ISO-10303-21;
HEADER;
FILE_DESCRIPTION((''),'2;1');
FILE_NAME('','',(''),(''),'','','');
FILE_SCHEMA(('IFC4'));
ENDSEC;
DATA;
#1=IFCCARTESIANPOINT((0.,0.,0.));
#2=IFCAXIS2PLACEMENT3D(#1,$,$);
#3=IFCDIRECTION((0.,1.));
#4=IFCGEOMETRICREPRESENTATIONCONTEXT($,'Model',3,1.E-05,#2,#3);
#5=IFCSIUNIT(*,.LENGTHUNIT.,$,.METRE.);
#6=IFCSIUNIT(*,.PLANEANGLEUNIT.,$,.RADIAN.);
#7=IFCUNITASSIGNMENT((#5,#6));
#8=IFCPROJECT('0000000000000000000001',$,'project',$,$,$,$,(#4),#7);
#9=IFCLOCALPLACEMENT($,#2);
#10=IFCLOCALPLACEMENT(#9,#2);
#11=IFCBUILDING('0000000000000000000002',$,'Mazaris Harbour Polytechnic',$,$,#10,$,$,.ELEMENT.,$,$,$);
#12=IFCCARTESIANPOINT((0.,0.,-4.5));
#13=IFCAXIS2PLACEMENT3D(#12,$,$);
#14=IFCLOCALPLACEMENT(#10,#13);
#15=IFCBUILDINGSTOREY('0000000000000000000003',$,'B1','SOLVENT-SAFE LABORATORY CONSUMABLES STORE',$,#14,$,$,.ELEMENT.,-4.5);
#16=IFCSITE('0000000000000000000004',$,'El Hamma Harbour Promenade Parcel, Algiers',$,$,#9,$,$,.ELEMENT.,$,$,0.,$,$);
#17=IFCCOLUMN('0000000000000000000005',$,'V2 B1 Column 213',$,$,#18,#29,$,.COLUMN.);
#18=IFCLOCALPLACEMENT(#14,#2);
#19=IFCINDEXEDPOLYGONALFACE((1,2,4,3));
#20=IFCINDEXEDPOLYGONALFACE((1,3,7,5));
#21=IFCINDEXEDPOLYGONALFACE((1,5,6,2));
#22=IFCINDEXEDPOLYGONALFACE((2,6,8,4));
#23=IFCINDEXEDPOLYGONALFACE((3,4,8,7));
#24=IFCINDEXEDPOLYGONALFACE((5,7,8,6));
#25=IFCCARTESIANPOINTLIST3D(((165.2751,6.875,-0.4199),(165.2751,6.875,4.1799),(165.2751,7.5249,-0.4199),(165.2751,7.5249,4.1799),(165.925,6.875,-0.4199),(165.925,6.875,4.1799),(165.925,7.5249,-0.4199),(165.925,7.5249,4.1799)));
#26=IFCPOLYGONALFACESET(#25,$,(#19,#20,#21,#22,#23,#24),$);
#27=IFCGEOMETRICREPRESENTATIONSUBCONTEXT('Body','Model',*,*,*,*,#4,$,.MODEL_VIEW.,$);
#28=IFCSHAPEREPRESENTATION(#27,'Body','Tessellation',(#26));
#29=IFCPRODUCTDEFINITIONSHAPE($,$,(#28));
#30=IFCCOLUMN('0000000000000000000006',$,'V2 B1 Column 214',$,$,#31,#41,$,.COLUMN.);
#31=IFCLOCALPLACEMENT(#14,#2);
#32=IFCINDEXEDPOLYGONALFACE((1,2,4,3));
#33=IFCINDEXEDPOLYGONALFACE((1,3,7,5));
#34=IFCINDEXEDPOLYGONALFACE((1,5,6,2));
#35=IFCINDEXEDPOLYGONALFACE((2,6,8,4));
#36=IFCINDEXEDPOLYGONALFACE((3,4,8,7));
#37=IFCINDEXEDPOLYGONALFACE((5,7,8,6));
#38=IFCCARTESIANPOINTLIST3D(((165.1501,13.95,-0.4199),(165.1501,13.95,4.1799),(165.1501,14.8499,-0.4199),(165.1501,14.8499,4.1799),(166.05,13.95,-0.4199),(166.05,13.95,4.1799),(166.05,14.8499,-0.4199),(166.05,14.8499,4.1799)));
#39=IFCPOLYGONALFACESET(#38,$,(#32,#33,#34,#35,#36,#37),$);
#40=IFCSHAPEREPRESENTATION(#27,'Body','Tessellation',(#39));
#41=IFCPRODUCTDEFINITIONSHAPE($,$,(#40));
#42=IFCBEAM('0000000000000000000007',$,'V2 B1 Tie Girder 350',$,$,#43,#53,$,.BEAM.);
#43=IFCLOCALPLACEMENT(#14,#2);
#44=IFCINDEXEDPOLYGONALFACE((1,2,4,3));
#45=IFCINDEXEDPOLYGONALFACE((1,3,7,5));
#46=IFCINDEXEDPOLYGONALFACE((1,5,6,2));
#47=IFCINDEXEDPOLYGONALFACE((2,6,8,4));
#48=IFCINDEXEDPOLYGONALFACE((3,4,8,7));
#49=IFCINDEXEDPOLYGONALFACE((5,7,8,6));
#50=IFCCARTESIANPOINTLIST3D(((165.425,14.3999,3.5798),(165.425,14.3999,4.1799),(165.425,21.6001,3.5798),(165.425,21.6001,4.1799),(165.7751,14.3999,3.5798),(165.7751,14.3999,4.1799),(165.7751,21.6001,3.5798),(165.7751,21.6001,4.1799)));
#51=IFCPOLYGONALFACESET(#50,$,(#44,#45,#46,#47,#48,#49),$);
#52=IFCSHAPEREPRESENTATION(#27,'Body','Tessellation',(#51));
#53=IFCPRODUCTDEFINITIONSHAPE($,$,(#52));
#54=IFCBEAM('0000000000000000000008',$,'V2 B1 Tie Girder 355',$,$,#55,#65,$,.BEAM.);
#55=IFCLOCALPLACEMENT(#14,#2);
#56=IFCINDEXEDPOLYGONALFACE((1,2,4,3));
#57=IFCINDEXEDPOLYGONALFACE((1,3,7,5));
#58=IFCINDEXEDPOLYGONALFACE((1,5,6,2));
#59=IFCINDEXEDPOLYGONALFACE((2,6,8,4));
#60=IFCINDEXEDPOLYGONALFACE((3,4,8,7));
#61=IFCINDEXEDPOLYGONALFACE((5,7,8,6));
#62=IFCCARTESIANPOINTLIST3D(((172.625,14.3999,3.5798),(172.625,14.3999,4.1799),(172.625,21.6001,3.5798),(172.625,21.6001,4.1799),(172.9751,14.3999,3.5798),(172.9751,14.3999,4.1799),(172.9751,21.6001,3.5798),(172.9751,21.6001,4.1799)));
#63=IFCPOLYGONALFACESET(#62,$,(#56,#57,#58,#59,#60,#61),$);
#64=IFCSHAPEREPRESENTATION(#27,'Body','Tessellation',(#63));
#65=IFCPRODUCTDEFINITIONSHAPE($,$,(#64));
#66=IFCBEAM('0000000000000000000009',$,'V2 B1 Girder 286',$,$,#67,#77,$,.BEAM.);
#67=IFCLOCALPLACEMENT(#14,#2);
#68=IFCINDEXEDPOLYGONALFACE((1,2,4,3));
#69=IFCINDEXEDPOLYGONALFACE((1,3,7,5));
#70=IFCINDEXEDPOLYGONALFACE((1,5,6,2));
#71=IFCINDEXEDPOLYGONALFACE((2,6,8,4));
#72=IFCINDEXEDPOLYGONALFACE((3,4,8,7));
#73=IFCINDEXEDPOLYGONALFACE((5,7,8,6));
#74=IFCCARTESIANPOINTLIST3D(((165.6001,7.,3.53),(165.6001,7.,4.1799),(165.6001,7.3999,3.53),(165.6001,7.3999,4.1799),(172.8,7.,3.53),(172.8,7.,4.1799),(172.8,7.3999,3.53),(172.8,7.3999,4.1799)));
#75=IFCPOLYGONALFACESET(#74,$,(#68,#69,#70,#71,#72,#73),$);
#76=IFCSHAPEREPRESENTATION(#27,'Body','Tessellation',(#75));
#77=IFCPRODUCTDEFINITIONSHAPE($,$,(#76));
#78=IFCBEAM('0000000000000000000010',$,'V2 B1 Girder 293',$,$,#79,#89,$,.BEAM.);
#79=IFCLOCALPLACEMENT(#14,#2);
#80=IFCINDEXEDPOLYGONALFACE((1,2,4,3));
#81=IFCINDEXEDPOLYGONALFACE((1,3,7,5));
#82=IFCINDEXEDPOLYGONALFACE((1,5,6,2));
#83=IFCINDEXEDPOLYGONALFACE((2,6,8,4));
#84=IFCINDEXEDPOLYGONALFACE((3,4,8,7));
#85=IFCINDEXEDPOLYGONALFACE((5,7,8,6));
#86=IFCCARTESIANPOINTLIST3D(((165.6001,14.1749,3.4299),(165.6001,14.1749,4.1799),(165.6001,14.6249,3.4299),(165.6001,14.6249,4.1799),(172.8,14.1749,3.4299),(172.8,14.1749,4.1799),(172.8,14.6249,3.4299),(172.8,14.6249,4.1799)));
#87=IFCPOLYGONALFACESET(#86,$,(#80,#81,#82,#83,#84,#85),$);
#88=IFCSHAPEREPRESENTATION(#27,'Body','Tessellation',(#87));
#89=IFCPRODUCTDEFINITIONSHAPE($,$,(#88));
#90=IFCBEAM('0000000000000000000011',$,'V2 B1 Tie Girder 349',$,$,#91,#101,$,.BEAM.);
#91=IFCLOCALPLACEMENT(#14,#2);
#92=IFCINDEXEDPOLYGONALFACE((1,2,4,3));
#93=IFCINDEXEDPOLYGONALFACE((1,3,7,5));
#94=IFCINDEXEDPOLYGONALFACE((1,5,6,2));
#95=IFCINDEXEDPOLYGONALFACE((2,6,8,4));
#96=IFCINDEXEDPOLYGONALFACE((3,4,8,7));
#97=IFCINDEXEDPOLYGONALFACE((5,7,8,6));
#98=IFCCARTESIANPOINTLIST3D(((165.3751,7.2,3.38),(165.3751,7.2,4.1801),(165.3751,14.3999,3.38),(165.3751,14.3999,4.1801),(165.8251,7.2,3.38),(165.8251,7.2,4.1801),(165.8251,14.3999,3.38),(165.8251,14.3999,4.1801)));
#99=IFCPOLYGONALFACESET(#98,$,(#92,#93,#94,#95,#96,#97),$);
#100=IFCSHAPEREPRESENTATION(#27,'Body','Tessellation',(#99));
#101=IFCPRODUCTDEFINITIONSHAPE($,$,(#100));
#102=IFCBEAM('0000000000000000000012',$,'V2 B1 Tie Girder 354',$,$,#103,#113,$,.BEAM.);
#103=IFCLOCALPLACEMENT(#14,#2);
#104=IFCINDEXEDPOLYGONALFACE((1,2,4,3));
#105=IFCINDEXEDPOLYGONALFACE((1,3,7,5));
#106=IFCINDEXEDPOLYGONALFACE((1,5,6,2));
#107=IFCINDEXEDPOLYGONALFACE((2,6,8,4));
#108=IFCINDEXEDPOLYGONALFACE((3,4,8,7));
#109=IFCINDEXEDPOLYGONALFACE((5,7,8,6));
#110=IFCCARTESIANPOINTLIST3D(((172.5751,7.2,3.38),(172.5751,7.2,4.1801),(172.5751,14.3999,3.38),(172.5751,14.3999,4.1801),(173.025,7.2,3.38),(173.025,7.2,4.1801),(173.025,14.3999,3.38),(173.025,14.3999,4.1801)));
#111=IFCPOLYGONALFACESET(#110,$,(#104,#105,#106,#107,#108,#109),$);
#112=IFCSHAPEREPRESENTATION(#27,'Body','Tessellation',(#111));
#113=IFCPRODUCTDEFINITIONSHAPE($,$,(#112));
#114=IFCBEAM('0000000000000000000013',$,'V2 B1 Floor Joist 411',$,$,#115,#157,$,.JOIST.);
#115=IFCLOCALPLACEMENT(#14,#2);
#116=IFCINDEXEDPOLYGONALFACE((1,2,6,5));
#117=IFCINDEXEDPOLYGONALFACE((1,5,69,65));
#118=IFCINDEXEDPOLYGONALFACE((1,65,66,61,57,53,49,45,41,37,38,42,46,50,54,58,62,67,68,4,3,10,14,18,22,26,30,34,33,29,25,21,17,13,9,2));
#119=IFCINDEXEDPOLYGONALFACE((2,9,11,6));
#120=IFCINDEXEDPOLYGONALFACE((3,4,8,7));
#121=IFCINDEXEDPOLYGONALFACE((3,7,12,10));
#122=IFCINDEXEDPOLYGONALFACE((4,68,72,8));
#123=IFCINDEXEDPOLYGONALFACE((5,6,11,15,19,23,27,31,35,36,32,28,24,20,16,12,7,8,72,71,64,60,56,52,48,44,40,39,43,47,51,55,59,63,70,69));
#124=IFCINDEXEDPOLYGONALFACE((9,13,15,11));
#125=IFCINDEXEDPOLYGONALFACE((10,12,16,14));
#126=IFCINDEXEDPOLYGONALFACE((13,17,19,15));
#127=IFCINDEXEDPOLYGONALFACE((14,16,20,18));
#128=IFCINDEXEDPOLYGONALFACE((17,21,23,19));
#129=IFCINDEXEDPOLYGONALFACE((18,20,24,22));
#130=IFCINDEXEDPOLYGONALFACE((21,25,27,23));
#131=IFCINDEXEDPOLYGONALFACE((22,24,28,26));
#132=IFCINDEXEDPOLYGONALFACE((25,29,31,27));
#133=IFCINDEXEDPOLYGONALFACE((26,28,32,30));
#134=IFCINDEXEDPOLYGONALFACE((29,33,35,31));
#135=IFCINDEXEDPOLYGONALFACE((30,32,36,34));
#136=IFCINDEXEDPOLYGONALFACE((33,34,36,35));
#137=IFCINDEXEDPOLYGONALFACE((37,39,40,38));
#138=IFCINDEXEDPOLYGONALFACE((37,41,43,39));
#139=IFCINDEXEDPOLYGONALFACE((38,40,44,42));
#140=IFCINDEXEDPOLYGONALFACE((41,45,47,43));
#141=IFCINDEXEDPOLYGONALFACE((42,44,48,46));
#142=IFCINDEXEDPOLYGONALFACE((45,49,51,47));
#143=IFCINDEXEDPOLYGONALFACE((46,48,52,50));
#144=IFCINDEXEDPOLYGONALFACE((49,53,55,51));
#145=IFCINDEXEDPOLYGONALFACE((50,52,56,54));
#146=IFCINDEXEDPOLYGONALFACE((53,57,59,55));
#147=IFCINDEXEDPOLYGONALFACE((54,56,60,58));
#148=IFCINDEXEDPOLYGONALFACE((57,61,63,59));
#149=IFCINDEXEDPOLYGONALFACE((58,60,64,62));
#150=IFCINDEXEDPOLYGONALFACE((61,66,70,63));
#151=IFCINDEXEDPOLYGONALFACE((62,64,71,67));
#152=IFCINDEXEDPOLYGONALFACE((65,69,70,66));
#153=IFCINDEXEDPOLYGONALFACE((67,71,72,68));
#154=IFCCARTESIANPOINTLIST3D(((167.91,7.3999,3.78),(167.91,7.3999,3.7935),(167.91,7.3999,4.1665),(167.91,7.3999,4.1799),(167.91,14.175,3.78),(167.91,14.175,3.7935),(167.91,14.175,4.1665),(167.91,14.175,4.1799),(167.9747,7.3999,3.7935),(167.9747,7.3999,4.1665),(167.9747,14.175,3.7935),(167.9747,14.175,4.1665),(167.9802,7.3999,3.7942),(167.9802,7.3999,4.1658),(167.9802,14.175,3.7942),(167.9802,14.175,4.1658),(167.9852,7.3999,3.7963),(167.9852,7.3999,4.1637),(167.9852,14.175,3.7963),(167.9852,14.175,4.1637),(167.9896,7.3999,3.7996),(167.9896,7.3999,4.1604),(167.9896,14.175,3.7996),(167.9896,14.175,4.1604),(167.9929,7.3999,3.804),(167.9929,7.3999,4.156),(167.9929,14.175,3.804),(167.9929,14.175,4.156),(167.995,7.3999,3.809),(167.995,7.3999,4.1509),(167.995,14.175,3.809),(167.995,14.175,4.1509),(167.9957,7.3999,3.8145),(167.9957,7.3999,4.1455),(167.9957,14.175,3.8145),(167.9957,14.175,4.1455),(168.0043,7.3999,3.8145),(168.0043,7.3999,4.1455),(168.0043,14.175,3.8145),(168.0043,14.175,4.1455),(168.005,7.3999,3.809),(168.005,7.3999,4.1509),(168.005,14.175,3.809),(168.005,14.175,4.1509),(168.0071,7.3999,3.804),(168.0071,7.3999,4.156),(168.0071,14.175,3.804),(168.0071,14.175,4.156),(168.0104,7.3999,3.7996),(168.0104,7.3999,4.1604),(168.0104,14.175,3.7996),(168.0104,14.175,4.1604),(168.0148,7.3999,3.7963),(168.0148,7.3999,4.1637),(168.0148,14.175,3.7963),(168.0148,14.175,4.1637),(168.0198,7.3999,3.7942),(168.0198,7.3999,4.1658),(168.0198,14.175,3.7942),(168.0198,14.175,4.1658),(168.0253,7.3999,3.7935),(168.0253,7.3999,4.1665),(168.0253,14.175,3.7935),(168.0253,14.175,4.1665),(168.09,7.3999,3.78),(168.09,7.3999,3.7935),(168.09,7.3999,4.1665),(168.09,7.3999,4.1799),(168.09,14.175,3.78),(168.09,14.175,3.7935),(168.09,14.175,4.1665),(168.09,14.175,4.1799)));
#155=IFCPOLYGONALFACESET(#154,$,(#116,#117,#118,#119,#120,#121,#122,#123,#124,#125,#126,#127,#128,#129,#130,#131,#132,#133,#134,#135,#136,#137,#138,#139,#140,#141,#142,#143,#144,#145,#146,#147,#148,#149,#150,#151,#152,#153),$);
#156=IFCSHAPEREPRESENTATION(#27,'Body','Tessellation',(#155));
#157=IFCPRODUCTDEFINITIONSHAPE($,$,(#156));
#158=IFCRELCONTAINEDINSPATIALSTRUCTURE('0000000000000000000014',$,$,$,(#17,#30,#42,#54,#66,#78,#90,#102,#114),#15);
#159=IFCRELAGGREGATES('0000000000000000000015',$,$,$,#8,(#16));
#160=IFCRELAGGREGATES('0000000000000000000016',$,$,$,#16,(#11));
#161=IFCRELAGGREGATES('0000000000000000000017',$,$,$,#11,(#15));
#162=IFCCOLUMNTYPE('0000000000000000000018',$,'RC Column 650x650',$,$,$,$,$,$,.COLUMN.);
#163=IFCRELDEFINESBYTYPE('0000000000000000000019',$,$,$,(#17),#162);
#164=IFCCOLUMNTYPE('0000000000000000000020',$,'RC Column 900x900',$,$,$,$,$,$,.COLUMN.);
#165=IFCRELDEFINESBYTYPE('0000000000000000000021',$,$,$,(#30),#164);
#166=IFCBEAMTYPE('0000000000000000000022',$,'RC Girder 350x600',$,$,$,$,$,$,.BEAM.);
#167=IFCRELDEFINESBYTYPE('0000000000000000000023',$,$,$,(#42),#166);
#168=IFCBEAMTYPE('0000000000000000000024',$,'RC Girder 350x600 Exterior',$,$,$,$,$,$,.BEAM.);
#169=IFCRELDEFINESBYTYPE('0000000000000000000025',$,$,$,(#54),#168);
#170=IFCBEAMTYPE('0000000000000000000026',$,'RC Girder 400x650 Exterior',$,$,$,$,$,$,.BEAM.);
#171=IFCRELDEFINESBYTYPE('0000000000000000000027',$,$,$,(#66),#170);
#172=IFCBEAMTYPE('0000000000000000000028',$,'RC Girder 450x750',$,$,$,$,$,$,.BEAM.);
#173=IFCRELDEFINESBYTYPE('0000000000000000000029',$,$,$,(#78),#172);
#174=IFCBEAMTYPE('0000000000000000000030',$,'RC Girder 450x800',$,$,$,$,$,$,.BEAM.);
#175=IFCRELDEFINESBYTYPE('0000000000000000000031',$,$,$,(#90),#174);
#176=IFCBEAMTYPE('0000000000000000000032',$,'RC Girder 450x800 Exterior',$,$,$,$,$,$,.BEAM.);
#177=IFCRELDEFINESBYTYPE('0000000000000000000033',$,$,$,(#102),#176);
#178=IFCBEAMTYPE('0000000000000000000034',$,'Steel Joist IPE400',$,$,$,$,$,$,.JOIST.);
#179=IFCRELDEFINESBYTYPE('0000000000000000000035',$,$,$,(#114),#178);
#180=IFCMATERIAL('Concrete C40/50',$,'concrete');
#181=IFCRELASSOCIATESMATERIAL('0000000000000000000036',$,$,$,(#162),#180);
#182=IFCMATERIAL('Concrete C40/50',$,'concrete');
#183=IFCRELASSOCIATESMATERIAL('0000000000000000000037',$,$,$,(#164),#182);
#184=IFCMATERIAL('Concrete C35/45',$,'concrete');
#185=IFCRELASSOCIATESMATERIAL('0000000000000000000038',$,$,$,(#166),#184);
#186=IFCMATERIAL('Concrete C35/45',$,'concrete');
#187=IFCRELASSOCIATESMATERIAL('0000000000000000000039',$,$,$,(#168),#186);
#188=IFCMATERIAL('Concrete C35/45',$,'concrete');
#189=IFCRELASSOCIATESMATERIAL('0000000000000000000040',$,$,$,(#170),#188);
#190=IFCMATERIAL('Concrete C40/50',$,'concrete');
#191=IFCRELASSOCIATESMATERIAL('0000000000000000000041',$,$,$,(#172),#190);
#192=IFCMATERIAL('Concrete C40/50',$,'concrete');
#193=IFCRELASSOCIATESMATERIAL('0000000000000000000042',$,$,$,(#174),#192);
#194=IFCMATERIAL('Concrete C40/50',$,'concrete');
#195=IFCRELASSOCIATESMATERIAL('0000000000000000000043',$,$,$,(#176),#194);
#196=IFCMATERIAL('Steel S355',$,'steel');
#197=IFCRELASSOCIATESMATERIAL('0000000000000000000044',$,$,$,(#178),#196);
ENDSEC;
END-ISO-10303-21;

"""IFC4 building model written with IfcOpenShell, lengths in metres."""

from ifc_helpers import new_model, si_unit, direction, frame, origin, origin_2d, place, context, subcontext, project, spatial, rectangle, i_section, extrude, material, material_profile, profile_set, type_object, element, save


model = new_model("IFC4")

# Units and contexts
model_context = context("Model", 3, precision=1e-05, world=origin(), true_north=direction((0.0, 1.0)))
body_context = subcontext(model_context, "Body", "Model", "MODEL_VIEW")
ifc_project = project(units=[si_unit("LENGTHUNIT", "METRE"), si_unit("PLANEANGLEUNIT", "RADIAN")], contexts=[model_context])

# Site, building, storey
site_placement = place(None, origin())
site = spatial("IfcSite", under=ifc_project, at=site_placement, Name="El Hamma Harbour Promenade Parcel, Algiers", CompositionType="ELEMENT", RefElevation=0.0)
building_placement = place(site_placement, origin())
building = spatial("IfcBuilding", under=site, at=building_placement, Name="Mazaris Harbour Polytechnic", CompositionType="ELEMENT")
storey_placement = place(building_placement, frame((0.0, 0.0, -4.5)))
storey = spatial("IfcBuildingStorey", under=building, at=storey_placement, Name="B1", Description="SOLVENT-SAFE LABORATORY CONSUMABLES STORE", CompositionType="ELEMENT", Elevation=-4.5)

# Columns
ifc_material_1 = material(Name="Concrete C40/50", Category="concrete")
ifc_material_profile_1 = material_profile(ifc_material_1, rectangle(XDim=0.6499, YDim=0.6499, at=origin_2d()), Name="RECT650x650")
ifc_profile_set_1 = profile_set([ifc_material_profile_1], Name="Concrete C40/50")
column_type_1 = type_object("IfcColumnType", Name="RC Column 650x650", PredefinedType="COLUMN", material=ifc_profile_set_1)
column_1_placement = place(storey_placement, frame((165.6001, 7.2, -0.4199), z_axis=(0.0, 0.0, 1.0), x_axis=(1.0, 0.0, 0.0)))
element("IfcColumn", 1, at=column_1_placement, inside=storey, type_object=column_type_1, Name="V2 B1 Column 213", PredefinedType="COLUMN", context=body_context, shape_type="SweptSolid", body=[
    extrude(rectangle(XDim=0.6499, YDim=0.6499, at=origin_2d()), origin(), (0.0, 0.0, 1.0), 4.5999),
])
ifc_material_2 = material(Name="Concrete C40/50", Category="concrete")
ifc_material_profile_2 = material_profile(ifc_material_2, rectangle(XDim=0.8999, YDim=0.8999, at=origin_2d()), Name="RECT900x900")
ifc_profile_set_2 = profile_set([ifc_material_profile_2], Name="Concrete C40/50")
column_type_2 = type_object("IfcColumnType", Name="RC Column 900x900", PredefinedType="COLUMN", material=ifc_profile_set_2)
column_2_placement = place(storey_placement, frame((165.6001, 14.3999, -0.4199), z_axis=(0.0, 0.0, 1.0), x_axis=(1.0, 0.0, 0.0)))
element("IfcColumn", 2, at=column_2_placement, inside=storey, type_object=column_type_2, Name="V2 B1 Column 214", PredefinedType="COLUMN", context=body_context, shape_type="SweptSolid", body=[
    extrude(rectangle(XDim=0.8999, YDim=0.8999, at=origin_2d()), origin(), (0.0, 0.0, 1.0), 4.5999),
])

# Beams
ifc_material_3 = material(Name="Concrete C35/45", Category="concrete")
ifc_material_profile_3 = material_profile(ifc_material_3, rectangle(XDim=0.3501, YDim=0.6001, at=origin_2d()), Name="RECT350x600")
ifc_profile_set_3 = profile_set([ifc_material_profile_3], Name="Concrete C35/45")
beam_type_1 = type_object("IfcBeamType", Name="RC Girder 350x600", PredefinedType="BEAM", material=ifc_profile_set_3)
beam_1_placement = place(storey_placement, frame((165.6001, 14.3999, 3.8799), z_axis=(0.0, 1.0, 0.0), x_axis=(-1.0, 0.0, 0.0)))
element("IfcBeam", 3, at=beam_1_placement, inside=storey, type_object=beam_type_1, Name="V2 B1 Tie Girder 350", PredefinedType="BEAM", context=body_context, shape_type="SweptSolid", body=[
    extrude(rectangle(XDim=0.3501, YDim=0.6001, at=origin_2d()), origin(), (0.0, 0.0, 1.0), 7.2002),
])
ifc_material_4 = material(Name="Concrete C35/45", Category="concrete")
ifc_material_profile_4 = material_profile(ifc_material_4, rectangle(XDim=0.3501, YDim=0.6001, at=origin_2d()), Name="RECT350x600")
ifc_profile_set_4 = profile_set([ifc_material_profile_4], Name="Concrete C35/45")
beam_type_2 = type_object("IfcBeamType", Name="RC Girder 350x600 Exterior", PredefinedType="BEAM", material=ifc_profile_set_4)
beam_2_placement = place(storey_placement, frame((172.8, 14.3999, 3.8799), z_axis=(0.0, 1.0, 0.0), x_axis=(-1.0, 0.0, 0.0)))
element("IfcBeam", 4, at=beam_2_placement, inside=storey, type_object=beam_type_2, Name="V2 B1 Tie Girder 355", PredefinedType="BEAM", context=body_context, shape_type="SweptSolid", body=[
    extrude(rectangle(XDim=0.3501, YDim=0.6001, at=origin_2d()), origin(), (0.0, 0.0, 1.0), 7.2002),
])
ifc_material_5 = material(Name="Concrete C35/45", Category="concrete")
ifc_material_profile_5 = material_profile(ifc_material_5, rectangle(XDim=0.3999, YDim=0.6499, at=origin_2d()), Name="RECT400x650")
ifc_profile_set_5 = profile_set([ifc_material_profile_5], Name="Concrete C35/45")
beam_type_3 = type_object("IfcBeamType", Name="RC Girder 400x650 Exterior", PredefinedType="BEAM", material=ifc_profile_set_5)
beam_3_placement = place(storey_placement, frame((165.6001, 7.2, 3.855), z_axis=(1.0, 0.0, 0.0), x_axis=(0.0, 1.0, 0.0)))
element("IfcBeam", 5, at=beam_3_placement, inside=storey, type_object=beam_type_3, Name="V2 B1 Girder 286", PredefinedType="BEAM", context=body_context, shape_type="SweptSolid", body=[
    extrude(rectangle(XDim=0.3999, YDim=0.6499, at=origin_2d()), origin(), (0.0, 0.0, 1.0), 7.2),
])
ifc_material_6 = material(Name="Concrete C40/50", Category="concrete")
ifc_material_profile_6 = material_profile(ifc_material_6, rectangle(XDim=0.45, YDim=0.75, at=origin_2d()), Name="RECT450x750")
ifc_profile_set_6 = profile_set([ifc_material_profile_6], Name="Concrete C40/50")
beam_type_4 = type_object("IfcBeamType", Name="RC Girder 450x750", PredefinedType="BEAM", material=ifc_profile_set_6)
beam_4_placement = place(storey_placement, frame((165.6001, 14.3999, 3.8049), z_axis=(1.0, 0.0, 0.0), x_axis=(0.0, 1.0, 0.0)))
element("IfcBeam", 6, at=beam_4_placement, inside=storey, type_object=beam_type_4, Name="V2 B1 Girder 293", PredefinedType="BEAM", context=body_context, shape_type="SweptSolid", body=[
    extrude(rectangle(XDim=0.45, YDim=0.75, at=origin_2d()), origin(), (0.0, 0.0, 1.0), 7.2),
])
ifc_material_7 = material(Name="Concrete C40/50", Category="concrete")
ifc_material_profile_7 = material_profile(ifc_material_7, rectangle(XDim=0.45, YDim=0.8, at=origin_2d()), Name="RECT450x800")
ifc_profile_set_7 = profile_set([ifc_material_profile_7], Name="Concrete C40/50")
beam_type_5 = type_object("IfcBeamType", Name="RC Girder 450x800", PredefinedType="BEAM", material=ifc_profile_set_7)
beam_5_placement = place(storey_placement, frame((165.6001, 7.2, 3.78), z_axis=(0.0, 1.0, 0.0), x_axis=(-1.0, 0.0, 0.0)))
element("IfcBeam", 7, at=beam_5_placement, inside=storey, type_object=beam_type_5, Name="V2 B1 Tie Girder 349", PredefinedType="BEAM", context=body_context, shape_type="SweptSolid", body=[
    extrude(rectangle(XDim=0.45, YDim=0.8, at=origin_2d()), origin(), (0.0, 0.0, 1.0), 7.2),
])
ifc_material_8 = material(Name="Concrete C40/50", Category="concrete")
ifc_material_profile_8 = material_profile(ifc_material_8, rectangle(XDim=0.45, YDim=0.8, at=origin_2d()), Name="RECT450x800")
ifc_profile_set_8 = profile_set([ifc_material_profile_8], Name="Concrete C40/50")
beam_type_6 = type_object("IfcBeamType", Name="RC Girder 450x800 Exterior", PredefinedType="BEAM", material=ifc_profile_set_8)
beam_6_placement = place(storey_placement, frame((172.8, 7.2, 3.78), z_axis=(0.0, 1.0, 0.0), x_axis=(-1.0, 0.0, 0.0)))
element("IfcBeam", 8, at=beam_6_placement, inside=storey, type_object=beam_type_6, Name="V2 B1 Tie Girder 354", PredefinedType="BEAM", context=body_context, shape_type="SweptSolid", body=[
    extrude(rectangle(XDim=0.45, YDim=0.8, at=origin_2d()), origin(), (0.0, 0.0, 1.0), 7.2),
])
ifc_material_9 = material(Name="Steel S355", Category="steel")
ifc_material_profile_9 = material_profile(ifc_material_9, i_section(OverallWidth=0.1799, OverallDepth=0.3999, WebThickness=0.0085, FlangeThickness=0.0134, FilletRadius=0.021, at=origin_2d()), Name="IPE 400")
ifc_profile_set_9 = profile_set([ifc_material_profile_9], Name="Steel S355")
beam_type_7 = type_object("IfcBeamType", Name="Steel Joist IPE400", PredefinedType="JOIST", material=ifc_profile_set_9)
beam_7_placement = place(storey_placement, frame((168.0, 7.3999, 3.98), z_axis=(0.0, 1.0, 0.0), x_axis=(-1.0, 0.0, 0.0)))
element("IfcBeam", 9, at=beam_7_placement, inside=storey, type_object=beam_type_7, Name="V2 B1 Floor Joist 411", PredefinedType="JOIST", context=body_context, shape_type="SweptSolid", body=[
    extrude(i_section(OverallWidth=0.1799, OverallDepth=0.3999, WebThickness=0.0085, FlangeThickness=0.0134, FilletRadius=0.021, at=origin_2d()), origin(), (0.0, 0.0, 1.0), 6.7751),
])

save(model, "model.ifc")
